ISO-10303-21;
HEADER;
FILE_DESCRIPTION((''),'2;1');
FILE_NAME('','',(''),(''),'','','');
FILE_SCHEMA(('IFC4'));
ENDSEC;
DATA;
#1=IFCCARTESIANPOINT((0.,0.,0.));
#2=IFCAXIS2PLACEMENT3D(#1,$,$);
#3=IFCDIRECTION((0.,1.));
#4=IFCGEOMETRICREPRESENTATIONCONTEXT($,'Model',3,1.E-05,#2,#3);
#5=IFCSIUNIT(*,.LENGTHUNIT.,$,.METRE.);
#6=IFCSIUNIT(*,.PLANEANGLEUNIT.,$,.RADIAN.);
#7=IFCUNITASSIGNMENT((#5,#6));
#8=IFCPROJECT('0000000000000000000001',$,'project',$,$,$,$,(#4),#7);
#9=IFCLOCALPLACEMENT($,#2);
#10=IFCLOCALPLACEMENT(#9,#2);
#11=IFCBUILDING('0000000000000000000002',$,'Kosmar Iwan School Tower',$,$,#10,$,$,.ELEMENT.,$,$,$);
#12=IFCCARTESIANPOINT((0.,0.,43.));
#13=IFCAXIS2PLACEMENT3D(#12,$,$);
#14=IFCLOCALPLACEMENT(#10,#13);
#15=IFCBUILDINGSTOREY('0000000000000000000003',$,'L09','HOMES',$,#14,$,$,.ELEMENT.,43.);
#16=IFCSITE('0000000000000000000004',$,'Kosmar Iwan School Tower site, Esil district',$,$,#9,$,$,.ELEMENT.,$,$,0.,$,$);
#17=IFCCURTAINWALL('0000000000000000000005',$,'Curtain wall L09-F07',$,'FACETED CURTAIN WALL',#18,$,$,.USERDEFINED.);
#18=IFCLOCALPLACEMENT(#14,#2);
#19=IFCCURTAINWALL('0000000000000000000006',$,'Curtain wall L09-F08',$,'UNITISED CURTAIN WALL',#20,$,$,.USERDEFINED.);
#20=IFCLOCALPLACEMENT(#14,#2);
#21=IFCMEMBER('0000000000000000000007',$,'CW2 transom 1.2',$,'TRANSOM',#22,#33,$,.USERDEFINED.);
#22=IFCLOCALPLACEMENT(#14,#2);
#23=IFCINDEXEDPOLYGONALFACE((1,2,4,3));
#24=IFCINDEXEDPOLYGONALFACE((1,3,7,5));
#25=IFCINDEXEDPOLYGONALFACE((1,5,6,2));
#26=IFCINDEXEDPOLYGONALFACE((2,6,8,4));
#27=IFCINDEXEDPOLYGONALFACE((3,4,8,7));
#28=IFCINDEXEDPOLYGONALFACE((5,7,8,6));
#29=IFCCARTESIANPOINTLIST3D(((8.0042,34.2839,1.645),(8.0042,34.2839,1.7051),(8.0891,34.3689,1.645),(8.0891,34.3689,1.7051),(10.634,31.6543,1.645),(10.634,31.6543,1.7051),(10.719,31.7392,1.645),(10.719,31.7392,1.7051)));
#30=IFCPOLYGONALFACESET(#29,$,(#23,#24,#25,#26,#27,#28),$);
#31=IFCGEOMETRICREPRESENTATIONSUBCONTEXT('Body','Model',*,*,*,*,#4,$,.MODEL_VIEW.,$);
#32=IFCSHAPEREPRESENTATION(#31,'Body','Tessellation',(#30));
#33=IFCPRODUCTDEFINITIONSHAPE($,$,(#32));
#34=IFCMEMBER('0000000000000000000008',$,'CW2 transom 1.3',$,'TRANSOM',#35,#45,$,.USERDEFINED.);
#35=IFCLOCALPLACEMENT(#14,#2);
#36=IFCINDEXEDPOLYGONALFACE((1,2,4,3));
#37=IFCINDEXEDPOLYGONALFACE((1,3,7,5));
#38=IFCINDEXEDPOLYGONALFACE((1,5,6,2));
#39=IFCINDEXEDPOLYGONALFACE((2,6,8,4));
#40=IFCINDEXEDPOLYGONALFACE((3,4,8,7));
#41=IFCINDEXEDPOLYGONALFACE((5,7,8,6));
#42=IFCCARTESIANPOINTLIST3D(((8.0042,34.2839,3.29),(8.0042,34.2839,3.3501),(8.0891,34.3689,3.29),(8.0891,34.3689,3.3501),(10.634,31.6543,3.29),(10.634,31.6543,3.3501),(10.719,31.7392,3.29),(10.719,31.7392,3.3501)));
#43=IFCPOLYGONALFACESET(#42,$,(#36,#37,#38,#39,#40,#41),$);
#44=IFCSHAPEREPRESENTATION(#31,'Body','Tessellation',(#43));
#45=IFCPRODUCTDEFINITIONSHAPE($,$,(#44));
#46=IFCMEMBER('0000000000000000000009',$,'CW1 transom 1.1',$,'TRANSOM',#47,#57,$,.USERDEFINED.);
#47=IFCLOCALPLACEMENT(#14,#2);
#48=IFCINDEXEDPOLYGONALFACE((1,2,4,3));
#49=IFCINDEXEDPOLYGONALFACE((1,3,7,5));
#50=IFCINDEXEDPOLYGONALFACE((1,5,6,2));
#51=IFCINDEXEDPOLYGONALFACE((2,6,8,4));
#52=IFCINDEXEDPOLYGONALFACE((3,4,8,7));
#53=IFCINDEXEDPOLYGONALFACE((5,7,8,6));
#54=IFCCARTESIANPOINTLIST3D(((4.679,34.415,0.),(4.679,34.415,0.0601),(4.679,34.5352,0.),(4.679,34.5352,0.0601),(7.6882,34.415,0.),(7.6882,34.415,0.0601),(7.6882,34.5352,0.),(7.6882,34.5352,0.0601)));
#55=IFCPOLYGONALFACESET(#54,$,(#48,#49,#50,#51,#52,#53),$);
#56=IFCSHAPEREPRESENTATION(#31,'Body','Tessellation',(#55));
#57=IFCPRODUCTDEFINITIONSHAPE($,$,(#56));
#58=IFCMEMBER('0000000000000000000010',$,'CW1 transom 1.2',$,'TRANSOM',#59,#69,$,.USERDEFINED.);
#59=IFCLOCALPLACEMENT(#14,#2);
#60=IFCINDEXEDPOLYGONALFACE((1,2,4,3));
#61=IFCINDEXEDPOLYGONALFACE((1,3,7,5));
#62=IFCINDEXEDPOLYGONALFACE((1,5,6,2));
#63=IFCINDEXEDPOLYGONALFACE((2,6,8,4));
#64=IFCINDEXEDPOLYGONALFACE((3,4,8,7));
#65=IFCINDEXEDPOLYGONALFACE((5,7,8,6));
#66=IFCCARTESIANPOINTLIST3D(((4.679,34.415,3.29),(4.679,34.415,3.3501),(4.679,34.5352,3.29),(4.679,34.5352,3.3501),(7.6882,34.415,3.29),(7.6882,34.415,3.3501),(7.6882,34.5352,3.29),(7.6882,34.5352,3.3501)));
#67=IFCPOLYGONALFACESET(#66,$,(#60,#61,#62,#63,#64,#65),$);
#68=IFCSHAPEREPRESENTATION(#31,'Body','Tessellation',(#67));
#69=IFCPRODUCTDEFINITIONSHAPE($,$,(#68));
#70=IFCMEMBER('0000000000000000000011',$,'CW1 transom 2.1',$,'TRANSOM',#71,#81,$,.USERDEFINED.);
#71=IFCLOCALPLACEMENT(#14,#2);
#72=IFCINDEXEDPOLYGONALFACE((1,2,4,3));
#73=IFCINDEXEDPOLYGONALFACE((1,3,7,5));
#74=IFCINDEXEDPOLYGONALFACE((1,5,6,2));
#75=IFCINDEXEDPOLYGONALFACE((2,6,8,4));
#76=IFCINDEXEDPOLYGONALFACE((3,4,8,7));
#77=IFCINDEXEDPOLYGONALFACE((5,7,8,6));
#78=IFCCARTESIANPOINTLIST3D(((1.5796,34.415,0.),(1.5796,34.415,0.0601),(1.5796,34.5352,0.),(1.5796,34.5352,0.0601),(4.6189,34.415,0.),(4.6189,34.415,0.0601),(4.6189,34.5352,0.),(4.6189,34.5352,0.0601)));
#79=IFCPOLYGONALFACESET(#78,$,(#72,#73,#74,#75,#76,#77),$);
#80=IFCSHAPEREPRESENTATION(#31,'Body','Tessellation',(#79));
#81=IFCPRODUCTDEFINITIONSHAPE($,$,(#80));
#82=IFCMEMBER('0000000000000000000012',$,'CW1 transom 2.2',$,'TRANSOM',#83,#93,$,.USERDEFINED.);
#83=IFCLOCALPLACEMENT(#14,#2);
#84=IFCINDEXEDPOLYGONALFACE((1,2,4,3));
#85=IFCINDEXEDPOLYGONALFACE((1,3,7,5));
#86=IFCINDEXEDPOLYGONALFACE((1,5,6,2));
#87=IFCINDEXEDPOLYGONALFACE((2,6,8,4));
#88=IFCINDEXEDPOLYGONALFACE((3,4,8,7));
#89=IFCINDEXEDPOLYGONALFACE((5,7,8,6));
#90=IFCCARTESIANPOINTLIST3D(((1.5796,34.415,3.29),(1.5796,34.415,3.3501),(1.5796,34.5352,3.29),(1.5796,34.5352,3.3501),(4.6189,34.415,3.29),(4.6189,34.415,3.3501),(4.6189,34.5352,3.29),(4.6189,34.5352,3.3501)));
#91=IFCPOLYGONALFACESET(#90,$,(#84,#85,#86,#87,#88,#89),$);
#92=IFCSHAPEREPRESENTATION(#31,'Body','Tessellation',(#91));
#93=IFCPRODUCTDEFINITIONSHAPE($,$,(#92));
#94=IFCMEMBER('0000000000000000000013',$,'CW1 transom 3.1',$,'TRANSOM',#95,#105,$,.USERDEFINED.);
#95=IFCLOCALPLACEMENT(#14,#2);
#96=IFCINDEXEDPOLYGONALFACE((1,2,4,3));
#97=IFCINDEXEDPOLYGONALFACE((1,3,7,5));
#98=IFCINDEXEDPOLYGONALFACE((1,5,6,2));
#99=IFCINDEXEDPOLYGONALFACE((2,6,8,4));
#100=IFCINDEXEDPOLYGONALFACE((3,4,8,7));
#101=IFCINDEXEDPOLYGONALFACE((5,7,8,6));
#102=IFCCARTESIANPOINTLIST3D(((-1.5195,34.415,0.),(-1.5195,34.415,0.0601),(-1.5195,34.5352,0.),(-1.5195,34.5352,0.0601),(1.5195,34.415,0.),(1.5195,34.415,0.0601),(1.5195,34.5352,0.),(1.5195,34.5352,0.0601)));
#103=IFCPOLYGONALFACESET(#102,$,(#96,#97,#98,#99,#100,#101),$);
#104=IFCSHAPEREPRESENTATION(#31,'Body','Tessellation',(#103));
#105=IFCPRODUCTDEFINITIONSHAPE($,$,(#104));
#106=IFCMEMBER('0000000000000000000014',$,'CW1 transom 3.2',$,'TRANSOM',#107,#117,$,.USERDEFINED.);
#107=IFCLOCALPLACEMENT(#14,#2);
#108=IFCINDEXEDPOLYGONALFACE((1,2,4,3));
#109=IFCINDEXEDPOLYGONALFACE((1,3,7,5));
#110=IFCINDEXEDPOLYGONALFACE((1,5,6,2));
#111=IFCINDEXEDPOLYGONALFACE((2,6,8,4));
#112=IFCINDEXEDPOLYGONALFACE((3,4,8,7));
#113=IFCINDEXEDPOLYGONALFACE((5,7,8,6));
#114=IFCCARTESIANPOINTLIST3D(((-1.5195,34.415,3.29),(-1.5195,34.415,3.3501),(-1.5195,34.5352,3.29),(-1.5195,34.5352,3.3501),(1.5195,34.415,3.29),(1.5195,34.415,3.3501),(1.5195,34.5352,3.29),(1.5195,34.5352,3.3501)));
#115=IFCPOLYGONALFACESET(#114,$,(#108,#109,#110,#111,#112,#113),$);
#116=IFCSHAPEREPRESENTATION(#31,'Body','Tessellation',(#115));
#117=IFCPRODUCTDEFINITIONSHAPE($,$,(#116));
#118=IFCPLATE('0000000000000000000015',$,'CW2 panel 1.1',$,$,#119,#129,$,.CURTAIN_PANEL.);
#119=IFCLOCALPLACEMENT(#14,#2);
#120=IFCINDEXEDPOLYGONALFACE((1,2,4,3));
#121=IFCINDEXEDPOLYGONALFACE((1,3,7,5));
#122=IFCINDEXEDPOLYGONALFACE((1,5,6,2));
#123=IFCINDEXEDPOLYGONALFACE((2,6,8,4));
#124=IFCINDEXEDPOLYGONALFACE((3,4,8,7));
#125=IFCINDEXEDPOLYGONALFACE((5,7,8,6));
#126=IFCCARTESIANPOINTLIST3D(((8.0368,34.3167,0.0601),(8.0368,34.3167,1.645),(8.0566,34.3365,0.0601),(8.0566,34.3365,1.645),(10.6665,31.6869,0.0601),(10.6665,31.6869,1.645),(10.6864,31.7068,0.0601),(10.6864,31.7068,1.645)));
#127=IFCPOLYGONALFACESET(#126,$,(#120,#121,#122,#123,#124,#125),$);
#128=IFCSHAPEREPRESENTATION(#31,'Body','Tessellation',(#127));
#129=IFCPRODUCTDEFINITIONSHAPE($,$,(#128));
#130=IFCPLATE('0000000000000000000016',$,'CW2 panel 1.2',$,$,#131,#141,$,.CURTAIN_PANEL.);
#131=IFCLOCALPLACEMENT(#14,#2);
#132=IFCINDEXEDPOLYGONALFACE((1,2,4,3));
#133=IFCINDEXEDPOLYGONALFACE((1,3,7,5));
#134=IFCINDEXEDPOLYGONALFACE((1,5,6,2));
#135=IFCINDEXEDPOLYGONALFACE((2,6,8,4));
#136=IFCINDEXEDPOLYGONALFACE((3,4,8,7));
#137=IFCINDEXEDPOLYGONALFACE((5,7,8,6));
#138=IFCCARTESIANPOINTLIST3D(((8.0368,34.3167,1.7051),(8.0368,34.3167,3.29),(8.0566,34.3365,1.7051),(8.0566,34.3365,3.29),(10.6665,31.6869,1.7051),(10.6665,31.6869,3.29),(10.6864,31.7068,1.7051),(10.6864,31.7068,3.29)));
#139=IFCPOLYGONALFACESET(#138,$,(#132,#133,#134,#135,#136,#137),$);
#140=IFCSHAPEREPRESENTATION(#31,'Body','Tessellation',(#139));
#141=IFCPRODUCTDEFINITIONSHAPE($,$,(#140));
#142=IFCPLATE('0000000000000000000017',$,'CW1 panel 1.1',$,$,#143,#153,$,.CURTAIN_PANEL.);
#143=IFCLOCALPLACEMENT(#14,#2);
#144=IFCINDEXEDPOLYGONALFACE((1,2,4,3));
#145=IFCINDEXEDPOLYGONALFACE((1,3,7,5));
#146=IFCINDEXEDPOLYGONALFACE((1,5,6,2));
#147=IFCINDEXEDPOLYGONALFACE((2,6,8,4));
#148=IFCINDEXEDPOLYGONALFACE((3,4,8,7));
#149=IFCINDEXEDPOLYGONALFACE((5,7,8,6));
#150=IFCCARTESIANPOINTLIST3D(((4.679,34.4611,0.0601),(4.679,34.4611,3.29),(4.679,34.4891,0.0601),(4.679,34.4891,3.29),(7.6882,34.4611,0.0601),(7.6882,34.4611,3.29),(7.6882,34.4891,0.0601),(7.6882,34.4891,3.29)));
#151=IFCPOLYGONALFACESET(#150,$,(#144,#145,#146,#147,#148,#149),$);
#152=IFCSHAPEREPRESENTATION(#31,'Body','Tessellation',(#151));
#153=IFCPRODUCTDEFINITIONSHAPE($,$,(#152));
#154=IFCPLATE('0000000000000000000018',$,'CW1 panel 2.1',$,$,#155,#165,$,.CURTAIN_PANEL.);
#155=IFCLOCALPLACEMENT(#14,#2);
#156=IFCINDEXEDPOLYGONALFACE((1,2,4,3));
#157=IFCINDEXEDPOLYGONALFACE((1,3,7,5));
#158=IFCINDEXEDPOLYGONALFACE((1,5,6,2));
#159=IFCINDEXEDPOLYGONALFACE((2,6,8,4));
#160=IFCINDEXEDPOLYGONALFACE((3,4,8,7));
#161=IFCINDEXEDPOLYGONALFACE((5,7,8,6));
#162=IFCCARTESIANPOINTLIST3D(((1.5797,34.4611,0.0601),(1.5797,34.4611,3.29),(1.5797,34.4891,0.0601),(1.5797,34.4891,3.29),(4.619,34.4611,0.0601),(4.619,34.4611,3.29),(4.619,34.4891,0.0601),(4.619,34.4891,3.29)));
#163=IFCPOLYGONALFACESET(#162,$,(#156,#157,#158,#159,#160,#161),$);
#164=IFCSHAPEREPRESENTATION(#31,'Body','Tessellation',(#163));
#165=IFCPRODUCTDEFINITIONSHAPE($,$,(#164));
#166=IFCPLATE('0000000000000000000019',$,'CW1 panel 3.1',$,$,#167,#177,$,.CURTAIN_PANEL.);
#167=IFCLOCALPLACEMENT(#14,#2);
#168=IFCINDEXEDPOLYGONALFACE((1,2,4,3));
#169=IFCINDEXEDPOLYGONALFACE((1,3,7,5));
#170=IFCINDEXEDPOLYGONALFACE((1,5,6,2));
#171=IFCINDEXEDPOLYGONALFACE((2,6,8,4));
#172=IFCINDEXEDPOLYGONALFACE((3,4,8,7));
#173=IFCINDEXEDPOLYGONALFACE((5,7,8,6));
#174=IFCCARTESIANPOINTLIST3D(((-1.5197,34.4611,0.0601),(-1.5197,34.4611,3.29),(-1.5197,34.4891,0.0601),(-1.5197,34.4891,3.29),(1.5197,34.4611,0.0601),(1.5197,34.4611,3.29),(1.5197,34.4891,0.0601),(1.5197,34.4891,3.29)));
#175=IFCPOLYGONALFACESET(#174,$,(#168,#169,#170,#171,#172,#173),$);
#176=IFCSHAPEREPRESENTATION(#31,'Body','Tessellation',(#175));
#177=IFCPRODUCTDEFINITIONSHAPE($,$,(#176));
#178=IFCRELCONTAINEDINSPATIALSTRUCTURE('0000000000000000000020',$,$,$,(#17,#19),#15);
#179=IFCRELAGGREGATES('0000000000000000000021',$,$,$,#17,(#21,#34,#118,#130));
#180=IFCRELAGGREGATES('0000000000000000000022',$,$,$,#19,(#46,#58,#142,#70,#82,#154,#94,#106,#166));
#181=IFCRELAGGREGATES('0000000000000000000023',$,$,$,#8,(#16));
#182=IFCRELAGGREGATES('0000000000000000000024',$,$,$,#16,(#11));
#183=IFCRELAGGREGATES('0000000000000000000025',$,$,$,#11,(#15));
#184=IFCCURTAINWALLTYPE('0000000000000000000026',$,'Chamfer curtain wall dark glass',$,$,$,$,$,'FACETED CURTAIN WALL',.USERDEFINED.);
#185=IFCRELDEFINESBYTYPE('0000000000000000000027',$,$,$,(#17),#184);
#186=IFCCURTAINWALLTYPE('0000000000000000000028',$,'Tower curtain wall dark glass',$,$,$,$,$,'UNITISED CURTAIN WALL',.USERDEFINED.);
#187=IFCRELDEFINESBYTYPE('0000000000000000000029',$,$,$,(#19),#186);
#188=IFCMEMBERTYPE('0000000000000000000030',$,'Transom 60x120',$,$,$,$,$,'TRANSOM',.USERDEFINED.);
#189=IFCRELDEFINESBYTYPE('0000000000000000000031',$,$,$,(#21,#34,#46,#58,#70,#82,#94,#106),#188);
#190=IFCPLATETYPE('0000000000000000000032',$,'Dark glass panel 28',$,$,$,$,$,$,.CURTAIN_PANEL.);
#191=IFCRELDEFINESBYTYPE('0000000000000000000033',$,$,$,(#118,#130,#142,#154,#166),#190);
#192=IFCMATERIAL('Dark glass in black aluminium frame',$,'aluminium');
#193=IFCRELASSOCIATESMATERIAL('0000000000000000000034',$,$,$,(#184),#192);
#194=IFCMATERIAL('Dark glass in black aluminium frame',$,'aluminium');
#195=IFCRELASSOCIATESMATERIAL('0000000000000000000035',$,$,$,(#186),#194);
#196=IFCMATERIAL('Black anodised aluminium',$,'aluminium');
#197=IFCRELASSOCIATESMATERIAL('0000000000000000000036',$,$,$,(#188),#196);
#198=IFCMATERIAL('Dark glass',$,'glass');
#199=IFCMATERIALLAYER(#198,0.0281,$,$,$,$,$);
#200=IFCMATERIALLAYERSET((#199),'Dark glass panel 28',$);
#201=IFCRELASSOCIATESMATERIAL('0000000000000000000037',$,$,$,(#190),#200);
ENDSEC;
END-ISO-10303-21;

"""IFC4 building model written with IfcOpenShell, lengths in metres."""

from ifc_helpers import new_model, si_unit, direction, frame, origin, origin_2d, place, context, subcontext, project, spatial, rectangle, extrude, material, layer, layer_set, material_profile, profile_set, type_object, element, aggregate, save


model = new_model("IFC4")

# Units and contexts
model_context = context("Model", 3, precision=1e-05, world=origin(), true_north=direction((0.0, 1.0)))
body_context = subcontext(model_context, "Body", "Model", "MODEL_VIEW")
ifc_project = project(units=[si_unit("LENGTHUNIT", "METRE"), si_unit("PLANEANGLEUNIT", "RADIAN")], contexts=[model_context])

# Site, building, storey
site_placement = place(None, origin())
site = spatial("IfcSite", under=ifc_project, at=site_placement, Name="Kosmar Iwan School Tower site, Esil district", CompositionType="ELEMENT", RefElevation=0.0)
building_placement = place(site_placement, origin())
building = spatial("IfcBuilding", under=site, at=building_placement, Name="Kosmar Iwan School Tower", CompositionType="ELEMENT")
storey_placement = place(building_placement, frame((0.0, 0.0, 43.0)))
storey = spatial("IfcBuildingStorey", under=building, at=storey_placement, Name="L09", Description="HOMES", CompositionType="ELEMENT", Elevation=43.0)

# Curtain walls
ifc_material_1 = material(Name="Dark glass in black aluminium frame", Category="aluminium")
curtain_wall_type_1 = type_object("IfcCurtainWallType", Name="Chamfer curtain wall dark glass", ElementType="FACETED CURTAIN WALL", PredefinedType="USERDEFINED", material=ifc_material_1)
curtain_wall_1_placement = place(storey_placement, origin())
curtain_wall_1 = element("IfcCurtainWall", 1, at=curtain_wall_1_placement, inside=storey, type_object=curtain_wall_type_1, Name="Curtain wall L09-F07", ObjectType="FACETED CURTAIN WALL", PredefinedType="USERDEFINED")
ifc_material_2 = material(Name="Dark glass in black aluminium frame", Category="aluminium")
curtain_wall_type_2 = type_object("IfcCurtainWallType", Name="Tower curtain wall dark glass", ElementType="UNITISED CURTAIN WALL", PredefinedType="USERDEFINED", material=ifc_material_2)
curtain_wall_2_placement = place(storey_placement, origin())
curtain_wall_2 = element("IfcCurtainWall", 2, at=curtain_wall_2_placement, inside=storey, type_object=curtain_wall_type_2, Name="Curtain wall L09-F08", ObjectType="UNITISED CURTAIN WALL", PredefinedType="USERDEFINED")

# Members
ifc_material_3 = material(Name="Black anodised aluminium", Category="aluminium")
ifc_material_profile_1 = material_profile(ifc_material_3, rectangle(XDim=0.1201, YDim=0.0601, at=origin_2d()), Name="TRANSOM 60x120")
ifc_profile_set_1 = profile_set([ifc_material_profile_1], Name="Black anodised aluminium")
member_type_1 = type_object("IfcMemberType", Name="Transom 60x120", ElementType="TRANSOM", PredefinedType="USERDEFINED", material=ifc_profile_set_1)
member_1_placement = place(storey_placement, frame((10.6765, 31.6968, 1.675), z_axis=(-0.70714, 0.707074, 0.0), x_axis=(-0.707074, -0.70714, 0.0)))
member_1 = element("IfcMember", 3, at=member_1_placement, type_object=member_type_1, Name="CW2 transom 1.2", ObjectType="TRANSOM", PredefinedType="USERDEFINED", context=body_context, shape_type="SweptSolid", body=[
    extrude(rectangle(XDim=0.1201, YDim=0.0601, at=origin_2d()), origin(), (0.0, 0.0, 1.0), 3.719),
])
member_2_placement = place(storey_placement, frame((10.6765, 31.6968, 3.3201), z_axis=(-0.70714, 0.707074, 0.0), x_axis=(-0.707074, -0.70714, 0.0)))
member_2 = element("IfcMember", 4, at=member_2_placement, type_object=member_type_1, Name="CW2 transom 1.3", ObjectType="TRANSOM", PredefinedType="USERDEFINED", context=body_context, shape_type="SweptSolid", body=[
    extrude(rectangle(XDim=0.1201, YDim=0.0601, at=origin_2d()), origin(), (0.0, 0.0, 1.0), 3.719),
])
member_3_placement = place(storey_placement, frame((7.6882, 34.4751, 0.03), z_axis=(-1.0, 0.0, 0.0), x_axis=(0.0, -1.0, 0.0)))
member_3 = element("IfcMember", 5, at=member_3_placement, type_object=member_type_1, Name="CW1 transom 1.1", ObjectType="TRANSOM", PredefinedType="USERDEFINED", context=body_context, shape_type="SweptSolid", body=[
    extrude(rectangle(XDim=0.1201, YDim=0.0601, at=origin_2d()), origin(), (0.0, 0.0, 1.0), 3.0093),
])
member_4_placement = place(storey_placement, frame((7.6882, 34.4751, 3.3201), z_axis=(-1.0, 0.0, 0.0), x_axis=(0.0, -1.0, 0.0)))
member_4 = element("IfcMember", 6, at=member_4_placement, type_object=member_type_1, Name="CW1 transom 1.2", ObjectType="TRANSOM", PredefinedType="USERDEFINED", context=body_context, shape_type="SweptSolid", body=[
    extrude(rectangle(XDim=0.1201, YDim=0.0601, at=origin_2d()), origin(), (0.0, 0.0, 1.0), 3.0093),
])
member_5_placement = place(storey_placement, frame((4.6189, 34.4751, 0.03), z_axis=(-1.0, 0.0, 0.0), x_axis=(0.0, -1.0, 0.0)))
member_5 = element("IfcMember", 7, at=member_5_placement, type_object=member_type_1, Name="CW1 transom 2.1", ObjectType="TRANSOM", PredefinedType="USERDEFINED", context=body_context, shape_type="SweptSolid", body=[
    extrude(rectangle(XDim=0.1201, YDim=0.0601, at=origin_2d()), origin(), (0.0, 0.0, 1.0), 3.0393),
])
member_6_placement = place(storey_placement, frame((4.6189, 34.4751, 3.3201), z_axis=(-1.0, 0.0, 0.0), x_axis=(0.0, -1.0, 0.0)))
member_6 = element("IfcMember", 8, at=member_6_placement, type_object=member_type_1, Name="CW1 transom 2.2", ObjectType="TRANSOM", PredefinedType="USERDEFINED", context=body_context, shape_type="SweptSolid", body=[
    extrude(rectangle(XDim=0.1201, YDim=0.0601, at=origin_2d()), origin(), (0.0, 0.0, 1.0), 3.0393),
])
member_7_placement = place(storey_placement, frame((1.5195, 34.4751, 0.03), z_axis=(-1.0, 0.0, 0.0), x_axis=(0.0, -1.0, 0.0)))
member_7 = element("IfcMember", 9, at=member_7_placement, type_object=member_type_1, Name="CW1 transom 3.1", ObjectType="TRANSOM", PredefinedType="USERDEFINED", context=body_context, shape_type="SweptSolid", body=[
    extrude(rectangle(XDim=0.1201, YDim=0.0601, at=origin_2d()), origin(), (0.0, 0.0, 1.0), 3.0391),
])
member_8_placement = place(storey_placement, frame((1.5195, 34.4751, 3.3201), z_axis=(-1.0, 0.0, 0.0), x_axis=(0.0, -1.0, 0.0)))
member_8 = element("IfcMember", 10, at=member_8_placement, type_object=member_type_1, Name="CW1 transom 3.2", ObjectType="TRANSOM", PredefinedType="USERDEFINED", context=body_context, shape_type="SweptSolid", body=[
    extrude(rectangle(XDim=0.1201, YDim=0.0601, at=origin_2d()), origin(), (0.0, 0.0, 1.0), 3.0391),
])

# Plates
ifc_material_4 = material(Name="Dark glass", Category="glass")
ifc_layer_1 = layer(ifc_material_4, 0.0281)
ifc_layer_set_1 = layer_set([ifc_layer_1], Name="Dark glass panel 28")
plate_type = type_object("IfcPlateType", Name="Dark glass panel 28", PredefinedType="CURTAIN_PANEL", material=ifc_layer_set_1)
plate_1_placement = place(storey_placement, frame((9.3616, 33.0117, 0.0601), z_axis=(0.0, 0.0, 1.0), x_axis=(-0.707107, 0.707107, 0.0)))
plate_1 = element("IfcPlate", 11, at=plate_1_placement, type_object=plate_type, Name="CW2 panel 1.1", PredefinedType="CURTAIN_PANEL", context=body_context, shape_type="SweptSolid", body=[
    extrude(rectangle(XDim=3.719, YDim=0.0281, at=origin_2d()), origin(), (0.0, 0.0, 1.0), 1.585),
])
plate_2_placement = place(storey_placement, frame((9.3616, 33.0117, 1.7051), z_axis=(0.0, 0.0, 1.0), x_axis=(-0.707107, 0.707107, 0.0)))
plate_2 = element("IfcPlate", 12, at=plate_2_placement, type_object=plate_type, Name="CW2 panel 1.2", PredefinedType="CURTAIN_PANEL", context=body_context, shape_type="SweptSolid", body=[
    extrude(rectangle(XDim=3.719, YDim=0.0281, at=origin_2d()), origin(), (0.0, 0.0, 1.0), 1.585),
])
aggregate(curtain_wall_1, [member_1, member_2, plate_1, plate_2])
plate_3_placement = place(storey_placement, frame((6.1836, 34.4751, 0.0601), z_axis=(0.0, 0.0, 1.0), x_axis=(-1.0, 0.0, 0.0)))
plate_3 = element("IfcPlate", 13, at=plate_3_placement, type_object=plate_type, Name="CW1 panel 1.1", PredefinedType="CURTAIN_PANEL", context=body_context, shape_type="SweptSolid", body=[
    extrude(rectangle(XDim=3.0093, YDim=0.0281, at=origin_2d()), origin(), (0.0, 0.0, 1.0), 3.23),
])
plate_4_placement = place(storey_placement, frame((3.0994, 34.4751, 0.0601), z_axis=(0.0, 0.0, 1.0), x_axis=(-1.0, 0.0, 0.0)))
plate_4 = element("IfcPlate", 14, at=plate_4_placement, type_object=plate_type, Name="CW1 panel 2.1", PredefinedType="CURTAIN_PANEL", context=body_context, shape_type="SweptSolid", body=[
    extrude(rectangle(XDim=3.0393, YDim=0.0281, at=origin_2d()), origin(), (0.0, 0.0, 1.0), 3.23),
])
plate_5_placement = place(storey_placement, frame((0.0, 34.4751, 0.0601), z_axis=(0.0, 0.0, 1.0), x_axis=(-1.0, 0.0, 0.0)))
plate_5 = element("IfcPlate", 15, at=plate_5_placement, type_object=plate_type, Name="CW1 panel 3.1", PredefinedType="CURTAIN_PANEL", context=body_context, shape_type="SweptSolid", body=[
    extrude(rectangle(XDim=3.0393, YDim=0.0281, at=origin_2d()), origin(), (0.0, 0.0, 1.0), 3.23),
])
aggregate(curtain_wall_2, [member_3, member_4, plate_3, member_5, member_6, plate_4, member_7, member_8, plate_5])

save(model, "model.ifc")
